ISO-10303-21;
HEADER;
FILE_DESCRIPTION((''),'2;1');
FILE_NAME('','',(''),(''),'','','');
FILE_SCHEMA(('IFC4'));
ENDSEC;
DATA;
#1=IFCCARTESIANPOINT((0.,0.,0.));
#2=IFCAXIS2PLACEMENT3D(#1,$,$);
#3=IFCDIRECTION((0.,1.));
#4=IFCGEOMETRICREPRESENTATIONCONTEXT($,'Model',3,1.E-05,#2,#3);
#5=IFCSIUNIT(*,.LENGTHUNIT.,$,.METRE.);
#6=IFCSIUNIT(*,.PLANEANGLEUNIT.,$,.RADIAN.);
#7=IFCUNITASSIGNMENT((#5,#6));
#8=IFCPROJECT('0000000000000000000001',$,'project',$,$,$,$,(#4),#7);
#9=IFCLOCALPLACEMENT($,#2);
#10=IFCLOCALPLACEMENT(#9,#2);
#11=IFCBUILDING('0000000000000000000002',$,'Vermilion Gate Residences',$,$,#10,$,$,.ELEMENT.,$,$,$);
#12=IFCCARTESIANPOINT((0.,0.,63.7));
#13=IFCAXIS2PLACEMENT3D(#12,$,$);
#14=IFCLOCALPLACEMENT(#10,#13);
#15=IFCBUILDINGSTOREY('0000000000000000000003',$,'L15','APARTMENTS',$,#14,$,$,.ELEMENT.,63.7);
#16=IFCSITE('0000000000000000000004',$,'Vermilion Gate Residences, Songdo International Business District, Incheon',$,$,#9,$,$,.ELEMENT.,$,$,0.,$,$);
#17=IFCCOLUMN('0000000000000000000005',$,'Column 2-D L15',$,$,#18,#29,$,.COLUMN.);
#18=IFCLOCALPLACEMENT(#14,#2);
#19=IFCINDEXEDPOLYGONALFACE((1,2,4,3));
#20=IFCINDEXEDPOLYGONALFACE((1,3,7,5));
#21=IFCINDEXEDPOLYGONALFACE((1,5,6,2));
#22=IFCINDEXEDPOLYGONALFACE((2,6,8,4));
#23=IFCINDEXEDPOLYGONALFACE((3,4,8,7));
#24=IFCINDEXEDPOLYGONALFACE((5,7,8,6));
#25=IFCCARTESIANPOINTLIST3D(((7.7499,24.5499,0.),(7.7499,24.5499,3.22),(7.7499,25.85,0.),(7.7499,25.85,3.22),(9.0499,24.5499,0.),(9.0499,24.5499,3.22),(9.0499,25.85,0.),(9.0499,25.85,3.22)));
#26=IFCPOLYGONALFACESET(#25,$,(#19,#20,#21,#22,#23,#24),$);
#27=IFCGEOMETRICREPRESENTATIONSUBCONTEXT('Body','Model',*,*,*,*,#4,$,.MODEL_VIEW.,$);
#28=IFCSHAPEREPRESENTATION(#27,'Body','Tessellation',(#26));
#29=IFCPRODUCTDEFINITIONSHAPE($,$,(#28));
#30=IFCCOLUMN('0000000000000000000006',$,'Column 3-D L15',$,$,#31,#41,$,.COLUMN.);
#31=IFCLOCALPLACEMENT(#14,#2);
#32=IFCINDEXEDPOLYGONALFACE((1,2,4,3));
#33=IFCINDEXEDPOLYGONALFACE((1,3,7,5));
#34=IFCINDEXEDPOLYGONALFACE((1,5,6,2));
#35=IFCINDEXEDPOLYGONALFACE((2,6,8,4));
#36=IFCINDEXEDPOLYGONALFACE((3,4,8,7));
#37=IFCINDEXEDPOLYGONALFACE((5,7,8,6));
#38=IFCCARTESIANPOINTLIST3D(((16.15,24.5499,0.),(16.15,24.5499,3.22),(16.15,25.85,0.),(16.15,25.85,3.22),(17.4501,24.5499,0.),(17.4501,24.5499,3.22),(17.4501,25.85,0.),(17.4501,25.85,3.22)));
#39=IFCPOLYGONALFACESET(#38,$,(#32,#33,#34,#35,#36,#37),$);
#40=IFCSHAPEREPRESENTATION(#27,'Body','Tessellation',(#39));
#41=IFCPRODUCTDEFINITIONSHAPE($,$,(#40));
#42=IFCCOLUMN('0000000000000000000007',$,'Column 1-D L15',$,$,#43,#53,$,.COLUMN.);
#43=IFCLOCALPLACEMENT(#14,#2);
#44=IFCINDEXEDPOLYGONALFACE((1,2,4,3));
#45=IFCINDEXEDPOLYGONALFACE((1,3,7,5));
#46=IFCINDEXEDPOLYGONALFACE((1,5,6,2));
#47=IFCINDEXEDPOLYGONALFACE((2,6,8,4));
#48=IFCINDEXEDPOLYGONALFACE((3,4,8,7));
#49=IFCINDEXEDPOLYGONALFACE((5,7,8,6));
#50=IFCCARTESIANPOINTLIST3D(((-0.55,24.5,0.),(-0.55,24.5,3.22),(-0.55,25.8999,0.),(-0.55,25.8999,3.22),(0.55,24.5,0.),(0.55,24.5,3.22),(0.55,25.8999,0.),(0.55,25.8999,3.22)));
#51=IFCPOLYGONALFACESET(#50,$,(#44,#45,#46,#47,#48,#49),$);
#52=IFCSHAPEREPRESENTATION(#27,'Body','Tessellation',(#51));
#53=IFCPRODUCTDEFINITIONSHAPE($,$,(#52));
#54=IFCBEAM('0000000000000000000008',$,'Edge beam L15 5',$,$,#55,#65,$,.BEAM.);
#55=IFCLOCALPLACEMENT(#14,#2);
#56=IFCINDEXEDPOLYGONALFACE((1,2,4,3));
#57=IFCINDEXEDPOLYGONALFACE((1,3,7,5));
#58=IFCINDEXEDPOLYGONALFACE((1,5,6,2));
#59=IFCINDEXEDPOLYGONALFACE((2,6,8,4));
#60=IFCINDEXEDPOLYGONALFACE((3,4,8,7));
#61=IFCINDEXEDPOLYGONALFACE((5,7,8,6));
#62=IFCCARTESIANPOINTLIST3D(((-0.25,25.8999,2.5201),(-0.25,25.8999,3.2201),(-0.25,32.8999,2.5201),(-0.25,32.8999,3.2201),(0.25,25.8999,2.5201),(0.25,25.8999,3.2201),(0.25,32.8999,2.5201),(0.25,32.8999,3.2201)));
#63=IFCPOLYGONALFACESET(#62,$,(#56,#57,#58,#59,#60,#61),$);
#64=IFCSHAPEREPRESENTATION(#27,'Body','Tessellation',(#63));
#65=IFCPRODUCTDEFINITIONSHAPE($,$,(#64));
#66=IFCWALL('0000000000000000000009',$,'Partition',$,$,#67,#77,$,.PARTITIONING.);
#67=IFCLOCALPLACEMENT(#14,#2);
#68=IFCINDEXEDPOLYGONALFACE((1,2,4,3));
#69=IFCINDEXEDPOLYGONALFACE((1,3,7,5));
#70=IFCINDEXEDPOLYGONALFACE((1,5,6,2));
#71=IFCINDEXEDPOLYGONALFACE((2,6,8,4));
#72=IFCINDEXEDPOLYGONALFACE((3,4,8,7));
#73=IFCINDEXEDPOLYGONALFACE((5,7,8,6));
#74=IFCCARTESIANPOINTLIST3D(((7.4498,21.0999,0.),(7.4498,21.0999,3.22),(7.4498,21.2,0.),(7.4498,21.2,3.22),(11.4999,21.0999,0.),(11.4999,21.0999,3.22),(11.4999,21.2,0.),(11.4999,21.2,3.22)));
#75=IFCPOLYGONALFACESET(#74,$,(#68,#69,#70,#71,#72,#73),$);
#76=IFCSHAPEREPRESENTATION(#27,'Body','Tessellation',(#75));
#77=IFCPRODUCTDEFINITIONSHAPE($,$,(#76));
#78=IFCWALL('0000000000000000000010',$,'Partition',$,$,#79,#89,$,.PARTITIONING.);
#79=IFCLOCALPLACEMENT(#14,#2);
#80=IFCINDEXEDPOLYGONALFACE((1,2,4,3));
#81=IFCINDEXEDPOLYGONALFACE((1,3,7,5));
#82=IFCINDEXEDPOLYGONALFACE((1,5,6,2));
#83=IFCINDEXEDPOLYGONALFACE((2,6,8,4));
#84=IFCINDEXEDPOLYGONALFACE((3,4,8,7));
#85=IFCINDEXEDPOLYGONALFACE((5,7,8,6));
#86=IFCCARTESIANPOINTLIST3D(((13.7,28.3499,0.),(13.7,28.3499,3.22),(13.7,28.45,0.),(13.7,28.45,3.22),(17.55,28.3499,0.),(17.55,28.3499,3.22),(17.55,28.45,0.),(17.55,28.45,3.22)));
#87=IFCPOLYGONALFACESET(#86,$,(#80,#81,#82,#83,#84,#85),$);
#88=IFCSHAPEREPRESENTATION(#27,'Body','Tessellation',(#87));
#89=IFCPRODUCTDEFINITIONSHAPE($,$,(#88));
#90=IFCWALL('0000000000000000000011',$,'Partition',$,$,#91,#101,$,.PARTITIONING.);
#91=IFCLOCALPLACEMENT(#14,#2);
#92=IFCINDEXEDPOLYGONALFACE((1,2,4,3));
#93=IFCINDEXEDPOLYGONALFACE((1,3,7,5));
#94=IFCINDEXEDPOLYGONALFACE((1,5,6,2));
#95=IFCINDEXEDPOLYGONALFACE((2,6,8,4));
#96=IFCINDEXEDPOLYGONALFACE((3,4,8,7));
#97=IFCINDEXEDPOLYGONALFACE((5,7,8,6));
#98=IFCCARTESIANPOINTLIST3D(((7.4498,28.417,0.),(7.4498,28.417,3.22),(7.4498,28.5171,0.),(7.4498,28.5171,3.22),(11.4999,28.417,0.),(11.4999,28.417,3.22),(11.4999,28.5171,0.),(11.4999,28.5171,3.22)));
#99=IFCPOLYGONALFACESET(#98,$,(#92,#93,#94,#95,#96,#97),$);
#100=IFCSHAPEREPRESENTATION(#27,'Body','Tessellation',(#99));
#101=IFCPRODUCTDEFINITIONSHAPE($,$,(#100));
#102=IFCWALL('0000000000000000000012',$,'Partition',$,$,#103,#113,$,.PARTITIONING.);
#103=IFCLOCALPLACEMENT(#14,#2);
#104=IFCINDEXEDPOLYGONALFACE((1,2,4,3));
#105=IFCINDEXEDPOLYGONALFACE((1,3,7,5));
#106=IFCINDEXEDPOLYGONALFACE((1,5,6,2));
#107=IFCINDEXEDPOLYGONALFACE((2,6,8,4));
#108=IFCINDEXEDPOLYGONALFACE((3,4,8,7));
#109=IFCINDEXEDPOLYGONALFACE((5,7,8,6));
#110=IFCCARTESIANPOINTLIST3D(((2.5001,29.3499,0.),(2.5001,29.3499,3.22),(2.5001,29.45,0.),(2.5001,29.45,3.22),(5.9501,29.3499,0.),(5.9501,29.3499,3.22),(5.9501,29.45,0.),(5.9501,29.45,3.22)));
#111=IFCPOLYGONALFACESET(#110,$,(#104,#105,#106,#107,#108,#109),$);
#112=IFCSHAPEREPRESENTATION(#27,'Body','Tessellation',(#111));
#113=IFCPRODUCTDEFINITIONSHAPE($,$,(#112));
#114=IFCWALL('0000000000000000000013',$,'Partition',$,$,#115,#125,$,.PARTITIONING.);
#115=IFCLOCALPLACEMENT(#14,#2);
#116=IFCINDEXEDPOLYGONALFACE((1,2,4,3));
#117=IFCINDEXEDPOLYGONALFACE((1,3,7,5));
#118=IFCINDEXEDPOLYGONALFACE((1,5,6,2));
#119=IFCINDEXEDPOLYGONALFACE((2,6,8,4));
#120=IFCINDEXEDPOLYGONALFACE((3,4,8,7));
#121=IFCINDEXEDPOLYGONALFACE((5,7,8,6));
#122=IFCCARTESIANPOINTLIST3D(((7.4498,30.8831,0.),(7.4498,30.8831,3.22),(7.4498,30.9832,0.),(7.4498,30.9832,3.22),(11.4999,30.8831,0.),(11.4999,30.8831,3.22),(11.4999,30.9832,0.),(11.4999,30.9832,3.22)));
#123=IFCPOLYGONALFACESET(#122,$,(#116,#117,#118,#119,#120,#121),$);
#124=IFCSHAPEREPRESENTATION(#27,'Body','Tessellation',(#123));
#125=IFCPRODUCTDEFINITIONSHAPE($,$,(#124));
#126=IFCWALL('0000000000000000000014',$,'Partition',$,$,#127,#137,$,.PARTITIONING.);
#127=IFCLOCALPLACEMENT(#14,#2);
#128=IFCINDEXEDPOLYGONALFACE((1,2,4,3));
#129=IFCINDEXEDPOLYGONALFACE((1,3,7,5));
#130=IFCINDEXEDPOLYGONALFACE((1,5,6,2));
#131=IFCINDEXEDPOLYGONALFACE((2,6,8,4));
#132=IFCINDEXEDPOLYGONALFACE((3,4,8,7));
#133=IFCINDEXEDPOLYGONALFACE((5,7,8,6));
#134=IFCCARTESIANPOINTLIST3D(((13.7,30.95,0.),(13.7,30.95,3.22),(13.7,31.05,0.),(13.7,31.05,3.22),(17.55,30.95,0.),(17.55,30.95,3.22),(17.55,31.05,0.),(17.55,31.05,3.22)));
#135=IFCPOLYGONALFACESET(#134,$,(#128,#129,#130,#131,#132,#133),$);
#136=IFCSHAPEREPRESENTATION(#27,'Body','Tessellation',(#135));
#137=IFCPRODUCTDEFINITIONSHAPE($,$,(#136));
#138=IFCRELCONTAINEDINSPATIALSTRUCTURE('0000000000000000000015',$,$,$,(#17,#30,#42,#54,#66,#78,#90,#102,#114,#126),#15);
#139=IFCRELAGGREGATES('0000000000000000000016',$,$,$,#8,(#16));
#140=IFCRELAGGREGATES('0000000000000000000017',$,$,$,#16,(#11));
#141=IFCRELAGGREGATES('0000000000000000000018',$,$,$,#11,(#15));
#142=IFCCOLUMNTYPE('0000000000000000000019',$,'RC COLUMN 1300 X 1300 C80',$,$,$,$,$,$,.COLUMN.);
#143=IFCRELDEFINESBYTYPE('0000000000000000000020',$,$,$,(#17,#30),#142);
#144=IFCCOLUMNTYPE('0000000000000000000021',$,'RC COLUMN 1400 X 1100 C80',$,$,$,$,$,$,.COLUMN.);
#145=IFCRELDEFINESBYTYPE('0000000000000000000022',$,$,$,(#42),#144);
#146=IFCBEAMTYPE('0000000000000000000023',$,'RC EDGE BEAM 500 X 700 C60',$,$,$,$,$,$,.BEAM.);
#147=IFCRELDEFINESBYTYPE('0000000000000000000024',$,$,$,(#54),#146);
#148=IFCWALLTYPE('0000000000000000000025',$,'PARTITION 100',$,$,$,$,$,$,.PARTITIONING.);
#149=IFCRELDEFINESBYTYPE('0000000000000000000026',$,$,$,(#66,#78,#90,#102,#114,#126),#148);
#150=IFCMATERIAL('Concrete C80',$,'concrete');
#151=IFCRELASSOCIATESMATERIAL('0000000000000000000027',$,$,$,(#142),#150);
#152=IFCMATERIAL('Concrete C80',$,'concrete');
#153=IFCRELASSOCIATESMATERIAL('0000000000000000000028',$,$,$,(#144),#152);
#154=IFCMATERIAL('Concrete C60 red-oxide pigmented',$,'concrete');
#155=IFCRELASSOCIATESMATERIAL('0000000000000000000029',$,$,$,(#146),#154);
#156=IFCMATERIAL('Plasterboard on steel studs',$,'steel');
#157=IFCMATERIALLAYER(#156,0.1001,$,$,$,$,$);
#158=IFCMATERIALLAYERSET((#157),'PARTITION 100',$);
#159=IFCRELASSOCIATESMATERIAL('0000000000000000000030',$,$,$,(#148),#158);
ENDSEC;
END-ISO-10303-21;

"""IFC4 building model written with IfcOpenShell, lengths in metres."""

from ifc_helpers import new_model, si_unit, direction, frame, frame_2d, origin, origin_2d, place, context, subcontext, project, spatial, rectangle, extrude, material, layer, layer_set, material_profile, profile_set, type_object, element, save


model = new_model("IFC4")

# Units and contexts
model_context = context("Model", 3, precision=1e-05, world=origin(), true_north=direction((0.0, 1.0)))
body_context = subcontext(model_context, "Body", "Model", "MODEL_VIEW")
ifc_project = project(units=[si_unit("LENGTHUNIT", "METRE"), si_unit("PLANEANGLEUNIT", "RADIAN")], contexts=[model_context])

# Site, building, storey
site_placement = place(None, origin())
site = spatial("IfcSite", under=ifc_project, at=site_placement, Name="Vermilion Gate Residences, Songdo International Business District, Incheon", CompositionType="ELEMENT", RefElevation=0.0)
building_placement = place(site_placement, origin())
building = spatial("IfcBuilding", under=site, at=building_placement, Name="Vermilion Gate Residences", CompositionType="ELEMENT")
storey_placement = place(building_placement, frame((0.0, 0.0, 63.7)))
storey = spatial("IfcBuildingStorey", under=building, at=storey_placement, Name="L15", Description="APARTMENTS", CompositionType="ELEMENT", Elevation=63.7)

# Columns
ifc_material_1 = material(Name="Concrete C80", Category="concrete")
ifc_material_profile_1 = material_profile(ifc_material_1, rectangle(XDim=1.3, YDim=1.3, at=origin_2d()), Name="RC-1300x1300")
ifc_profile_set_1 = profile_set([ifc_material_profile_1], Name="Concrete C80")
column_type_1 = type_object("IfcColumnType", Name="RC COLUMN 1300 X 1300 C80", PredefinedType="COLUMN", material=ifc_profile_set_1)
for number, where, z_axis, x_axis, name in (
    (1, (8.3999, 25.2, 0.0), (0.0, 0.0, 1.0), (1.0, 0.0, 0.0), "Column 2-D L15"),
    (2, (16.8, 25.2, 0.0), (0.0, 0.0, 1.0), (1.0, 0.0, 0.0), "Column 3-D L15"),
):
    element("IfcColumn", number, at=place(storey_placement, frame(where, z_axis=z_axis, x_axis=x_axis)), inside=storey, type_object=column_type_1, Name=name, PredefinedType="COLUMN", context=body_context, shape_type="SweptSolid", body=[
        extrude(rectangle(XDim=1.3, YDim=1.3, at=origin_2d()), origin(), (0.0, 0.0, 1.0), 3.22),
    ])
ifc_material_2 = material(Name="Concrete C80", Category="concrete")
ifc_material_profile_2 = material_profile(ifc_material_2, rectangle(XDim=1.3999, YDim=1.1001, at=origin_2d()), Name="RC-1400x1100")
ifc_profile_set_2 = profile_set([ifc_material_profile_2], Name="Concrete C80")
column_type_2 = type_object("IfcColumnType", Name="RC COLUMN 1400 X 1100 C80", PredefinedType="COLUMN", material=ifc_profile_set_2)
column_placement = place(storey_placement, frame((0.0, 25.2, 0.0), z_axis=(0.0, 0.0, 1.0), x_axis=(0.0, 1.0, 0.0)))
element("IfcColumn", 3, at=column_placement, inside=storey, type_object=column_type_2, Name="Column 1-D L15", PredefinedType="COLUMN", context=body_context, shape_type="SweptSolid", body=[
    extrude(rectangle(XDim=1.3999, YDim=1.1001, at=origin_2d()), origin(), (0.0, 0.0, 1.0), 3.22),
])

# Beam
ifc_material_3 = material(Name="Concrete C60 red-oxide pigmented", Category="concrete")
ifc_material_profile_3 = material_profile(ifc_material_3, rectangle(XDim=0.5, YDim=0.7, at=origin_2d()), Name="RC-500x700")
ifc_profile_set_3 = profile_set([ifc_material_profile_3], Name="Concrete C60 red-oxide pigmented")
beam_type = type_object("IfcBeamType", Name="RC EDGE BEAM 500 X 700 C60", PredefinedType="BEAM", material=ifc_profile_set_3)
beam_placement = place(storey_placement, frame((0.0, 25.8999, 2.8701), z_axis=(0.0, 1.0, 0.0), x_axis=(-1.0, 0.0, 0.0)))
element("IfcBeam", 4, at=beam_placement, inside=storey, type_object=beam_type, Name="Edge beam L15 5", PredefinedType="BEAM", context=body_context, shape_type="SweptSolid", body=[
    extrude(rectangle(XDim=0.5, YDim=0.7, at=origin_2d()), origin(), (0.0, 0.0, 1.0), 7.0),
])

# Walls
ifc_material_4 = material(Name="Plasterboard on steel studs", Category="steel")
ifc_layer_1 = layer(ifc_material_4, 0.1001)
ifc_layer_set_1 = layer_set([ifc_layer_1], Name="PARTITION 100")
wall_type_1 = type_object("IfcWallType", Name="PARTITION 100", PredefinedType="PARTITIONING", material=ifc_layer_set_1)
wall_1_placement = place(storey_placement, frame((7.45, 21.1499, 0.0), z_axis=(0.0, 0.0, 1.0), x_axis=(1.0, 0.0, 0.0)))
element("IfcWall", 5, at=wall_1_placement, inside=storey, type_object=wall_type_1, Name="Partition", PredefinedType="PARTITIONING", context=body_context, shape_type="SweptSolid", body=[
    extrude(rectangle(XDim=4.05, YDim=0.1001, at=frame_2d((2.0249, 0.0))), origin(), (0.0, 0.0, 1.0), 3.22),
])
wall_2_placement = place(storey_placement, frame((13.7, 28.3999, 0.0), z_axis=(0.0, 0.0, 1.0), x_axis=(1.0, 0.0, 0.0)))
element("IfcWall", 6, at=wall_2_placement, inside=storey, type_object=wall_type_1, Name="Partition", PredefinedType="PARTITIONING", context=body_context, shape_type="SweptSolid", body=[
    extrude(rectangle(XDim=3.8501, YDim=0.1001, at=frame_2d((1.925, 0.0))), origin(), (0.0, 0.0, 1.0), 3.22),
])
wall_3_placement = place(storey_placement, frame((7.45, 28.467, 0.0), z_axis=(0.0, 0.0, 1.0), x_axis=(1.0, 0.0, 0.0)))
element("IfcWall", 7, at=wall_3_placement, inside=storey, type_object=wall_type_1, Name="Partition", PredefinedType="PARTITIONING", context=body_context, shape_type="SweptSolid", body=[
    extrude(rectangle(XDim=4.05, YDim=0.1001, at=frame_2d((2.0249, 0.0))), origin(), (0.0, 0.0, 1.0), 3.22),
])
wall_4_placement = place(storey_placement, frame((2.5, 29.3999, 0.0), z_axis=(0.0, 0.0, 1.0), x_axis=(1.0, 0.0, 0.0)))
element("IfcWall", 8, at=wall_4_placement, inside=storey, type_object=wall_type_1, Name="Partition", PredefinedType="PARTITIONING", context=body_context, shape_type="SweptSolid", body=[
    extrude(rectangle(XDim=3.45, YDim=0.1001, at=frame_2d((1.7251, 0.0))), origin(), (0.0, 0.0, 1.0), 3.22),
])
wall_5_placement = place(storey_placement, frame((7.45, 30.9331, 0.0), z_axis=(0.0, 0.0, 1.0), x_axis=(1.0, 0.0, 0.0)))
element("IfcWall", 9, at=wall_5_placement, inside=storey, type_object=wall_type_1, Name="Partition", PredefinedType="PARTITIONING", context=body_context, shape_type="SweptSolid", body=[
    extrude(rectangle(XDim=4.05, YDim=0.1001, at=frame_2d((2.0249, 0.0))), origin(), (0.0, 0.0, 1.0), 3.22),
])
wall_6_placement = place(storey_placement, frame((13.7, 31.0, 0.0), z_axis=(0.0, 0.0, 1.0), x_axis=(1.0, 0.0, 0.0)))
element("IfcWall", 10, at=wall_6_placement, inside=storey, type_object=wall_type_1, Name="Partition", PredefinedType="PARTITIONING", context=body_context, shape_type="SweptSolid", body=[
    extrude(rectangle(XDim=3.8501, YDim=0.1001, at=frame_2d((1.925, 0.0))), origin(), (0.0, 0.0, 1.0), 3.22),
])

save(model, "model.ifc")
